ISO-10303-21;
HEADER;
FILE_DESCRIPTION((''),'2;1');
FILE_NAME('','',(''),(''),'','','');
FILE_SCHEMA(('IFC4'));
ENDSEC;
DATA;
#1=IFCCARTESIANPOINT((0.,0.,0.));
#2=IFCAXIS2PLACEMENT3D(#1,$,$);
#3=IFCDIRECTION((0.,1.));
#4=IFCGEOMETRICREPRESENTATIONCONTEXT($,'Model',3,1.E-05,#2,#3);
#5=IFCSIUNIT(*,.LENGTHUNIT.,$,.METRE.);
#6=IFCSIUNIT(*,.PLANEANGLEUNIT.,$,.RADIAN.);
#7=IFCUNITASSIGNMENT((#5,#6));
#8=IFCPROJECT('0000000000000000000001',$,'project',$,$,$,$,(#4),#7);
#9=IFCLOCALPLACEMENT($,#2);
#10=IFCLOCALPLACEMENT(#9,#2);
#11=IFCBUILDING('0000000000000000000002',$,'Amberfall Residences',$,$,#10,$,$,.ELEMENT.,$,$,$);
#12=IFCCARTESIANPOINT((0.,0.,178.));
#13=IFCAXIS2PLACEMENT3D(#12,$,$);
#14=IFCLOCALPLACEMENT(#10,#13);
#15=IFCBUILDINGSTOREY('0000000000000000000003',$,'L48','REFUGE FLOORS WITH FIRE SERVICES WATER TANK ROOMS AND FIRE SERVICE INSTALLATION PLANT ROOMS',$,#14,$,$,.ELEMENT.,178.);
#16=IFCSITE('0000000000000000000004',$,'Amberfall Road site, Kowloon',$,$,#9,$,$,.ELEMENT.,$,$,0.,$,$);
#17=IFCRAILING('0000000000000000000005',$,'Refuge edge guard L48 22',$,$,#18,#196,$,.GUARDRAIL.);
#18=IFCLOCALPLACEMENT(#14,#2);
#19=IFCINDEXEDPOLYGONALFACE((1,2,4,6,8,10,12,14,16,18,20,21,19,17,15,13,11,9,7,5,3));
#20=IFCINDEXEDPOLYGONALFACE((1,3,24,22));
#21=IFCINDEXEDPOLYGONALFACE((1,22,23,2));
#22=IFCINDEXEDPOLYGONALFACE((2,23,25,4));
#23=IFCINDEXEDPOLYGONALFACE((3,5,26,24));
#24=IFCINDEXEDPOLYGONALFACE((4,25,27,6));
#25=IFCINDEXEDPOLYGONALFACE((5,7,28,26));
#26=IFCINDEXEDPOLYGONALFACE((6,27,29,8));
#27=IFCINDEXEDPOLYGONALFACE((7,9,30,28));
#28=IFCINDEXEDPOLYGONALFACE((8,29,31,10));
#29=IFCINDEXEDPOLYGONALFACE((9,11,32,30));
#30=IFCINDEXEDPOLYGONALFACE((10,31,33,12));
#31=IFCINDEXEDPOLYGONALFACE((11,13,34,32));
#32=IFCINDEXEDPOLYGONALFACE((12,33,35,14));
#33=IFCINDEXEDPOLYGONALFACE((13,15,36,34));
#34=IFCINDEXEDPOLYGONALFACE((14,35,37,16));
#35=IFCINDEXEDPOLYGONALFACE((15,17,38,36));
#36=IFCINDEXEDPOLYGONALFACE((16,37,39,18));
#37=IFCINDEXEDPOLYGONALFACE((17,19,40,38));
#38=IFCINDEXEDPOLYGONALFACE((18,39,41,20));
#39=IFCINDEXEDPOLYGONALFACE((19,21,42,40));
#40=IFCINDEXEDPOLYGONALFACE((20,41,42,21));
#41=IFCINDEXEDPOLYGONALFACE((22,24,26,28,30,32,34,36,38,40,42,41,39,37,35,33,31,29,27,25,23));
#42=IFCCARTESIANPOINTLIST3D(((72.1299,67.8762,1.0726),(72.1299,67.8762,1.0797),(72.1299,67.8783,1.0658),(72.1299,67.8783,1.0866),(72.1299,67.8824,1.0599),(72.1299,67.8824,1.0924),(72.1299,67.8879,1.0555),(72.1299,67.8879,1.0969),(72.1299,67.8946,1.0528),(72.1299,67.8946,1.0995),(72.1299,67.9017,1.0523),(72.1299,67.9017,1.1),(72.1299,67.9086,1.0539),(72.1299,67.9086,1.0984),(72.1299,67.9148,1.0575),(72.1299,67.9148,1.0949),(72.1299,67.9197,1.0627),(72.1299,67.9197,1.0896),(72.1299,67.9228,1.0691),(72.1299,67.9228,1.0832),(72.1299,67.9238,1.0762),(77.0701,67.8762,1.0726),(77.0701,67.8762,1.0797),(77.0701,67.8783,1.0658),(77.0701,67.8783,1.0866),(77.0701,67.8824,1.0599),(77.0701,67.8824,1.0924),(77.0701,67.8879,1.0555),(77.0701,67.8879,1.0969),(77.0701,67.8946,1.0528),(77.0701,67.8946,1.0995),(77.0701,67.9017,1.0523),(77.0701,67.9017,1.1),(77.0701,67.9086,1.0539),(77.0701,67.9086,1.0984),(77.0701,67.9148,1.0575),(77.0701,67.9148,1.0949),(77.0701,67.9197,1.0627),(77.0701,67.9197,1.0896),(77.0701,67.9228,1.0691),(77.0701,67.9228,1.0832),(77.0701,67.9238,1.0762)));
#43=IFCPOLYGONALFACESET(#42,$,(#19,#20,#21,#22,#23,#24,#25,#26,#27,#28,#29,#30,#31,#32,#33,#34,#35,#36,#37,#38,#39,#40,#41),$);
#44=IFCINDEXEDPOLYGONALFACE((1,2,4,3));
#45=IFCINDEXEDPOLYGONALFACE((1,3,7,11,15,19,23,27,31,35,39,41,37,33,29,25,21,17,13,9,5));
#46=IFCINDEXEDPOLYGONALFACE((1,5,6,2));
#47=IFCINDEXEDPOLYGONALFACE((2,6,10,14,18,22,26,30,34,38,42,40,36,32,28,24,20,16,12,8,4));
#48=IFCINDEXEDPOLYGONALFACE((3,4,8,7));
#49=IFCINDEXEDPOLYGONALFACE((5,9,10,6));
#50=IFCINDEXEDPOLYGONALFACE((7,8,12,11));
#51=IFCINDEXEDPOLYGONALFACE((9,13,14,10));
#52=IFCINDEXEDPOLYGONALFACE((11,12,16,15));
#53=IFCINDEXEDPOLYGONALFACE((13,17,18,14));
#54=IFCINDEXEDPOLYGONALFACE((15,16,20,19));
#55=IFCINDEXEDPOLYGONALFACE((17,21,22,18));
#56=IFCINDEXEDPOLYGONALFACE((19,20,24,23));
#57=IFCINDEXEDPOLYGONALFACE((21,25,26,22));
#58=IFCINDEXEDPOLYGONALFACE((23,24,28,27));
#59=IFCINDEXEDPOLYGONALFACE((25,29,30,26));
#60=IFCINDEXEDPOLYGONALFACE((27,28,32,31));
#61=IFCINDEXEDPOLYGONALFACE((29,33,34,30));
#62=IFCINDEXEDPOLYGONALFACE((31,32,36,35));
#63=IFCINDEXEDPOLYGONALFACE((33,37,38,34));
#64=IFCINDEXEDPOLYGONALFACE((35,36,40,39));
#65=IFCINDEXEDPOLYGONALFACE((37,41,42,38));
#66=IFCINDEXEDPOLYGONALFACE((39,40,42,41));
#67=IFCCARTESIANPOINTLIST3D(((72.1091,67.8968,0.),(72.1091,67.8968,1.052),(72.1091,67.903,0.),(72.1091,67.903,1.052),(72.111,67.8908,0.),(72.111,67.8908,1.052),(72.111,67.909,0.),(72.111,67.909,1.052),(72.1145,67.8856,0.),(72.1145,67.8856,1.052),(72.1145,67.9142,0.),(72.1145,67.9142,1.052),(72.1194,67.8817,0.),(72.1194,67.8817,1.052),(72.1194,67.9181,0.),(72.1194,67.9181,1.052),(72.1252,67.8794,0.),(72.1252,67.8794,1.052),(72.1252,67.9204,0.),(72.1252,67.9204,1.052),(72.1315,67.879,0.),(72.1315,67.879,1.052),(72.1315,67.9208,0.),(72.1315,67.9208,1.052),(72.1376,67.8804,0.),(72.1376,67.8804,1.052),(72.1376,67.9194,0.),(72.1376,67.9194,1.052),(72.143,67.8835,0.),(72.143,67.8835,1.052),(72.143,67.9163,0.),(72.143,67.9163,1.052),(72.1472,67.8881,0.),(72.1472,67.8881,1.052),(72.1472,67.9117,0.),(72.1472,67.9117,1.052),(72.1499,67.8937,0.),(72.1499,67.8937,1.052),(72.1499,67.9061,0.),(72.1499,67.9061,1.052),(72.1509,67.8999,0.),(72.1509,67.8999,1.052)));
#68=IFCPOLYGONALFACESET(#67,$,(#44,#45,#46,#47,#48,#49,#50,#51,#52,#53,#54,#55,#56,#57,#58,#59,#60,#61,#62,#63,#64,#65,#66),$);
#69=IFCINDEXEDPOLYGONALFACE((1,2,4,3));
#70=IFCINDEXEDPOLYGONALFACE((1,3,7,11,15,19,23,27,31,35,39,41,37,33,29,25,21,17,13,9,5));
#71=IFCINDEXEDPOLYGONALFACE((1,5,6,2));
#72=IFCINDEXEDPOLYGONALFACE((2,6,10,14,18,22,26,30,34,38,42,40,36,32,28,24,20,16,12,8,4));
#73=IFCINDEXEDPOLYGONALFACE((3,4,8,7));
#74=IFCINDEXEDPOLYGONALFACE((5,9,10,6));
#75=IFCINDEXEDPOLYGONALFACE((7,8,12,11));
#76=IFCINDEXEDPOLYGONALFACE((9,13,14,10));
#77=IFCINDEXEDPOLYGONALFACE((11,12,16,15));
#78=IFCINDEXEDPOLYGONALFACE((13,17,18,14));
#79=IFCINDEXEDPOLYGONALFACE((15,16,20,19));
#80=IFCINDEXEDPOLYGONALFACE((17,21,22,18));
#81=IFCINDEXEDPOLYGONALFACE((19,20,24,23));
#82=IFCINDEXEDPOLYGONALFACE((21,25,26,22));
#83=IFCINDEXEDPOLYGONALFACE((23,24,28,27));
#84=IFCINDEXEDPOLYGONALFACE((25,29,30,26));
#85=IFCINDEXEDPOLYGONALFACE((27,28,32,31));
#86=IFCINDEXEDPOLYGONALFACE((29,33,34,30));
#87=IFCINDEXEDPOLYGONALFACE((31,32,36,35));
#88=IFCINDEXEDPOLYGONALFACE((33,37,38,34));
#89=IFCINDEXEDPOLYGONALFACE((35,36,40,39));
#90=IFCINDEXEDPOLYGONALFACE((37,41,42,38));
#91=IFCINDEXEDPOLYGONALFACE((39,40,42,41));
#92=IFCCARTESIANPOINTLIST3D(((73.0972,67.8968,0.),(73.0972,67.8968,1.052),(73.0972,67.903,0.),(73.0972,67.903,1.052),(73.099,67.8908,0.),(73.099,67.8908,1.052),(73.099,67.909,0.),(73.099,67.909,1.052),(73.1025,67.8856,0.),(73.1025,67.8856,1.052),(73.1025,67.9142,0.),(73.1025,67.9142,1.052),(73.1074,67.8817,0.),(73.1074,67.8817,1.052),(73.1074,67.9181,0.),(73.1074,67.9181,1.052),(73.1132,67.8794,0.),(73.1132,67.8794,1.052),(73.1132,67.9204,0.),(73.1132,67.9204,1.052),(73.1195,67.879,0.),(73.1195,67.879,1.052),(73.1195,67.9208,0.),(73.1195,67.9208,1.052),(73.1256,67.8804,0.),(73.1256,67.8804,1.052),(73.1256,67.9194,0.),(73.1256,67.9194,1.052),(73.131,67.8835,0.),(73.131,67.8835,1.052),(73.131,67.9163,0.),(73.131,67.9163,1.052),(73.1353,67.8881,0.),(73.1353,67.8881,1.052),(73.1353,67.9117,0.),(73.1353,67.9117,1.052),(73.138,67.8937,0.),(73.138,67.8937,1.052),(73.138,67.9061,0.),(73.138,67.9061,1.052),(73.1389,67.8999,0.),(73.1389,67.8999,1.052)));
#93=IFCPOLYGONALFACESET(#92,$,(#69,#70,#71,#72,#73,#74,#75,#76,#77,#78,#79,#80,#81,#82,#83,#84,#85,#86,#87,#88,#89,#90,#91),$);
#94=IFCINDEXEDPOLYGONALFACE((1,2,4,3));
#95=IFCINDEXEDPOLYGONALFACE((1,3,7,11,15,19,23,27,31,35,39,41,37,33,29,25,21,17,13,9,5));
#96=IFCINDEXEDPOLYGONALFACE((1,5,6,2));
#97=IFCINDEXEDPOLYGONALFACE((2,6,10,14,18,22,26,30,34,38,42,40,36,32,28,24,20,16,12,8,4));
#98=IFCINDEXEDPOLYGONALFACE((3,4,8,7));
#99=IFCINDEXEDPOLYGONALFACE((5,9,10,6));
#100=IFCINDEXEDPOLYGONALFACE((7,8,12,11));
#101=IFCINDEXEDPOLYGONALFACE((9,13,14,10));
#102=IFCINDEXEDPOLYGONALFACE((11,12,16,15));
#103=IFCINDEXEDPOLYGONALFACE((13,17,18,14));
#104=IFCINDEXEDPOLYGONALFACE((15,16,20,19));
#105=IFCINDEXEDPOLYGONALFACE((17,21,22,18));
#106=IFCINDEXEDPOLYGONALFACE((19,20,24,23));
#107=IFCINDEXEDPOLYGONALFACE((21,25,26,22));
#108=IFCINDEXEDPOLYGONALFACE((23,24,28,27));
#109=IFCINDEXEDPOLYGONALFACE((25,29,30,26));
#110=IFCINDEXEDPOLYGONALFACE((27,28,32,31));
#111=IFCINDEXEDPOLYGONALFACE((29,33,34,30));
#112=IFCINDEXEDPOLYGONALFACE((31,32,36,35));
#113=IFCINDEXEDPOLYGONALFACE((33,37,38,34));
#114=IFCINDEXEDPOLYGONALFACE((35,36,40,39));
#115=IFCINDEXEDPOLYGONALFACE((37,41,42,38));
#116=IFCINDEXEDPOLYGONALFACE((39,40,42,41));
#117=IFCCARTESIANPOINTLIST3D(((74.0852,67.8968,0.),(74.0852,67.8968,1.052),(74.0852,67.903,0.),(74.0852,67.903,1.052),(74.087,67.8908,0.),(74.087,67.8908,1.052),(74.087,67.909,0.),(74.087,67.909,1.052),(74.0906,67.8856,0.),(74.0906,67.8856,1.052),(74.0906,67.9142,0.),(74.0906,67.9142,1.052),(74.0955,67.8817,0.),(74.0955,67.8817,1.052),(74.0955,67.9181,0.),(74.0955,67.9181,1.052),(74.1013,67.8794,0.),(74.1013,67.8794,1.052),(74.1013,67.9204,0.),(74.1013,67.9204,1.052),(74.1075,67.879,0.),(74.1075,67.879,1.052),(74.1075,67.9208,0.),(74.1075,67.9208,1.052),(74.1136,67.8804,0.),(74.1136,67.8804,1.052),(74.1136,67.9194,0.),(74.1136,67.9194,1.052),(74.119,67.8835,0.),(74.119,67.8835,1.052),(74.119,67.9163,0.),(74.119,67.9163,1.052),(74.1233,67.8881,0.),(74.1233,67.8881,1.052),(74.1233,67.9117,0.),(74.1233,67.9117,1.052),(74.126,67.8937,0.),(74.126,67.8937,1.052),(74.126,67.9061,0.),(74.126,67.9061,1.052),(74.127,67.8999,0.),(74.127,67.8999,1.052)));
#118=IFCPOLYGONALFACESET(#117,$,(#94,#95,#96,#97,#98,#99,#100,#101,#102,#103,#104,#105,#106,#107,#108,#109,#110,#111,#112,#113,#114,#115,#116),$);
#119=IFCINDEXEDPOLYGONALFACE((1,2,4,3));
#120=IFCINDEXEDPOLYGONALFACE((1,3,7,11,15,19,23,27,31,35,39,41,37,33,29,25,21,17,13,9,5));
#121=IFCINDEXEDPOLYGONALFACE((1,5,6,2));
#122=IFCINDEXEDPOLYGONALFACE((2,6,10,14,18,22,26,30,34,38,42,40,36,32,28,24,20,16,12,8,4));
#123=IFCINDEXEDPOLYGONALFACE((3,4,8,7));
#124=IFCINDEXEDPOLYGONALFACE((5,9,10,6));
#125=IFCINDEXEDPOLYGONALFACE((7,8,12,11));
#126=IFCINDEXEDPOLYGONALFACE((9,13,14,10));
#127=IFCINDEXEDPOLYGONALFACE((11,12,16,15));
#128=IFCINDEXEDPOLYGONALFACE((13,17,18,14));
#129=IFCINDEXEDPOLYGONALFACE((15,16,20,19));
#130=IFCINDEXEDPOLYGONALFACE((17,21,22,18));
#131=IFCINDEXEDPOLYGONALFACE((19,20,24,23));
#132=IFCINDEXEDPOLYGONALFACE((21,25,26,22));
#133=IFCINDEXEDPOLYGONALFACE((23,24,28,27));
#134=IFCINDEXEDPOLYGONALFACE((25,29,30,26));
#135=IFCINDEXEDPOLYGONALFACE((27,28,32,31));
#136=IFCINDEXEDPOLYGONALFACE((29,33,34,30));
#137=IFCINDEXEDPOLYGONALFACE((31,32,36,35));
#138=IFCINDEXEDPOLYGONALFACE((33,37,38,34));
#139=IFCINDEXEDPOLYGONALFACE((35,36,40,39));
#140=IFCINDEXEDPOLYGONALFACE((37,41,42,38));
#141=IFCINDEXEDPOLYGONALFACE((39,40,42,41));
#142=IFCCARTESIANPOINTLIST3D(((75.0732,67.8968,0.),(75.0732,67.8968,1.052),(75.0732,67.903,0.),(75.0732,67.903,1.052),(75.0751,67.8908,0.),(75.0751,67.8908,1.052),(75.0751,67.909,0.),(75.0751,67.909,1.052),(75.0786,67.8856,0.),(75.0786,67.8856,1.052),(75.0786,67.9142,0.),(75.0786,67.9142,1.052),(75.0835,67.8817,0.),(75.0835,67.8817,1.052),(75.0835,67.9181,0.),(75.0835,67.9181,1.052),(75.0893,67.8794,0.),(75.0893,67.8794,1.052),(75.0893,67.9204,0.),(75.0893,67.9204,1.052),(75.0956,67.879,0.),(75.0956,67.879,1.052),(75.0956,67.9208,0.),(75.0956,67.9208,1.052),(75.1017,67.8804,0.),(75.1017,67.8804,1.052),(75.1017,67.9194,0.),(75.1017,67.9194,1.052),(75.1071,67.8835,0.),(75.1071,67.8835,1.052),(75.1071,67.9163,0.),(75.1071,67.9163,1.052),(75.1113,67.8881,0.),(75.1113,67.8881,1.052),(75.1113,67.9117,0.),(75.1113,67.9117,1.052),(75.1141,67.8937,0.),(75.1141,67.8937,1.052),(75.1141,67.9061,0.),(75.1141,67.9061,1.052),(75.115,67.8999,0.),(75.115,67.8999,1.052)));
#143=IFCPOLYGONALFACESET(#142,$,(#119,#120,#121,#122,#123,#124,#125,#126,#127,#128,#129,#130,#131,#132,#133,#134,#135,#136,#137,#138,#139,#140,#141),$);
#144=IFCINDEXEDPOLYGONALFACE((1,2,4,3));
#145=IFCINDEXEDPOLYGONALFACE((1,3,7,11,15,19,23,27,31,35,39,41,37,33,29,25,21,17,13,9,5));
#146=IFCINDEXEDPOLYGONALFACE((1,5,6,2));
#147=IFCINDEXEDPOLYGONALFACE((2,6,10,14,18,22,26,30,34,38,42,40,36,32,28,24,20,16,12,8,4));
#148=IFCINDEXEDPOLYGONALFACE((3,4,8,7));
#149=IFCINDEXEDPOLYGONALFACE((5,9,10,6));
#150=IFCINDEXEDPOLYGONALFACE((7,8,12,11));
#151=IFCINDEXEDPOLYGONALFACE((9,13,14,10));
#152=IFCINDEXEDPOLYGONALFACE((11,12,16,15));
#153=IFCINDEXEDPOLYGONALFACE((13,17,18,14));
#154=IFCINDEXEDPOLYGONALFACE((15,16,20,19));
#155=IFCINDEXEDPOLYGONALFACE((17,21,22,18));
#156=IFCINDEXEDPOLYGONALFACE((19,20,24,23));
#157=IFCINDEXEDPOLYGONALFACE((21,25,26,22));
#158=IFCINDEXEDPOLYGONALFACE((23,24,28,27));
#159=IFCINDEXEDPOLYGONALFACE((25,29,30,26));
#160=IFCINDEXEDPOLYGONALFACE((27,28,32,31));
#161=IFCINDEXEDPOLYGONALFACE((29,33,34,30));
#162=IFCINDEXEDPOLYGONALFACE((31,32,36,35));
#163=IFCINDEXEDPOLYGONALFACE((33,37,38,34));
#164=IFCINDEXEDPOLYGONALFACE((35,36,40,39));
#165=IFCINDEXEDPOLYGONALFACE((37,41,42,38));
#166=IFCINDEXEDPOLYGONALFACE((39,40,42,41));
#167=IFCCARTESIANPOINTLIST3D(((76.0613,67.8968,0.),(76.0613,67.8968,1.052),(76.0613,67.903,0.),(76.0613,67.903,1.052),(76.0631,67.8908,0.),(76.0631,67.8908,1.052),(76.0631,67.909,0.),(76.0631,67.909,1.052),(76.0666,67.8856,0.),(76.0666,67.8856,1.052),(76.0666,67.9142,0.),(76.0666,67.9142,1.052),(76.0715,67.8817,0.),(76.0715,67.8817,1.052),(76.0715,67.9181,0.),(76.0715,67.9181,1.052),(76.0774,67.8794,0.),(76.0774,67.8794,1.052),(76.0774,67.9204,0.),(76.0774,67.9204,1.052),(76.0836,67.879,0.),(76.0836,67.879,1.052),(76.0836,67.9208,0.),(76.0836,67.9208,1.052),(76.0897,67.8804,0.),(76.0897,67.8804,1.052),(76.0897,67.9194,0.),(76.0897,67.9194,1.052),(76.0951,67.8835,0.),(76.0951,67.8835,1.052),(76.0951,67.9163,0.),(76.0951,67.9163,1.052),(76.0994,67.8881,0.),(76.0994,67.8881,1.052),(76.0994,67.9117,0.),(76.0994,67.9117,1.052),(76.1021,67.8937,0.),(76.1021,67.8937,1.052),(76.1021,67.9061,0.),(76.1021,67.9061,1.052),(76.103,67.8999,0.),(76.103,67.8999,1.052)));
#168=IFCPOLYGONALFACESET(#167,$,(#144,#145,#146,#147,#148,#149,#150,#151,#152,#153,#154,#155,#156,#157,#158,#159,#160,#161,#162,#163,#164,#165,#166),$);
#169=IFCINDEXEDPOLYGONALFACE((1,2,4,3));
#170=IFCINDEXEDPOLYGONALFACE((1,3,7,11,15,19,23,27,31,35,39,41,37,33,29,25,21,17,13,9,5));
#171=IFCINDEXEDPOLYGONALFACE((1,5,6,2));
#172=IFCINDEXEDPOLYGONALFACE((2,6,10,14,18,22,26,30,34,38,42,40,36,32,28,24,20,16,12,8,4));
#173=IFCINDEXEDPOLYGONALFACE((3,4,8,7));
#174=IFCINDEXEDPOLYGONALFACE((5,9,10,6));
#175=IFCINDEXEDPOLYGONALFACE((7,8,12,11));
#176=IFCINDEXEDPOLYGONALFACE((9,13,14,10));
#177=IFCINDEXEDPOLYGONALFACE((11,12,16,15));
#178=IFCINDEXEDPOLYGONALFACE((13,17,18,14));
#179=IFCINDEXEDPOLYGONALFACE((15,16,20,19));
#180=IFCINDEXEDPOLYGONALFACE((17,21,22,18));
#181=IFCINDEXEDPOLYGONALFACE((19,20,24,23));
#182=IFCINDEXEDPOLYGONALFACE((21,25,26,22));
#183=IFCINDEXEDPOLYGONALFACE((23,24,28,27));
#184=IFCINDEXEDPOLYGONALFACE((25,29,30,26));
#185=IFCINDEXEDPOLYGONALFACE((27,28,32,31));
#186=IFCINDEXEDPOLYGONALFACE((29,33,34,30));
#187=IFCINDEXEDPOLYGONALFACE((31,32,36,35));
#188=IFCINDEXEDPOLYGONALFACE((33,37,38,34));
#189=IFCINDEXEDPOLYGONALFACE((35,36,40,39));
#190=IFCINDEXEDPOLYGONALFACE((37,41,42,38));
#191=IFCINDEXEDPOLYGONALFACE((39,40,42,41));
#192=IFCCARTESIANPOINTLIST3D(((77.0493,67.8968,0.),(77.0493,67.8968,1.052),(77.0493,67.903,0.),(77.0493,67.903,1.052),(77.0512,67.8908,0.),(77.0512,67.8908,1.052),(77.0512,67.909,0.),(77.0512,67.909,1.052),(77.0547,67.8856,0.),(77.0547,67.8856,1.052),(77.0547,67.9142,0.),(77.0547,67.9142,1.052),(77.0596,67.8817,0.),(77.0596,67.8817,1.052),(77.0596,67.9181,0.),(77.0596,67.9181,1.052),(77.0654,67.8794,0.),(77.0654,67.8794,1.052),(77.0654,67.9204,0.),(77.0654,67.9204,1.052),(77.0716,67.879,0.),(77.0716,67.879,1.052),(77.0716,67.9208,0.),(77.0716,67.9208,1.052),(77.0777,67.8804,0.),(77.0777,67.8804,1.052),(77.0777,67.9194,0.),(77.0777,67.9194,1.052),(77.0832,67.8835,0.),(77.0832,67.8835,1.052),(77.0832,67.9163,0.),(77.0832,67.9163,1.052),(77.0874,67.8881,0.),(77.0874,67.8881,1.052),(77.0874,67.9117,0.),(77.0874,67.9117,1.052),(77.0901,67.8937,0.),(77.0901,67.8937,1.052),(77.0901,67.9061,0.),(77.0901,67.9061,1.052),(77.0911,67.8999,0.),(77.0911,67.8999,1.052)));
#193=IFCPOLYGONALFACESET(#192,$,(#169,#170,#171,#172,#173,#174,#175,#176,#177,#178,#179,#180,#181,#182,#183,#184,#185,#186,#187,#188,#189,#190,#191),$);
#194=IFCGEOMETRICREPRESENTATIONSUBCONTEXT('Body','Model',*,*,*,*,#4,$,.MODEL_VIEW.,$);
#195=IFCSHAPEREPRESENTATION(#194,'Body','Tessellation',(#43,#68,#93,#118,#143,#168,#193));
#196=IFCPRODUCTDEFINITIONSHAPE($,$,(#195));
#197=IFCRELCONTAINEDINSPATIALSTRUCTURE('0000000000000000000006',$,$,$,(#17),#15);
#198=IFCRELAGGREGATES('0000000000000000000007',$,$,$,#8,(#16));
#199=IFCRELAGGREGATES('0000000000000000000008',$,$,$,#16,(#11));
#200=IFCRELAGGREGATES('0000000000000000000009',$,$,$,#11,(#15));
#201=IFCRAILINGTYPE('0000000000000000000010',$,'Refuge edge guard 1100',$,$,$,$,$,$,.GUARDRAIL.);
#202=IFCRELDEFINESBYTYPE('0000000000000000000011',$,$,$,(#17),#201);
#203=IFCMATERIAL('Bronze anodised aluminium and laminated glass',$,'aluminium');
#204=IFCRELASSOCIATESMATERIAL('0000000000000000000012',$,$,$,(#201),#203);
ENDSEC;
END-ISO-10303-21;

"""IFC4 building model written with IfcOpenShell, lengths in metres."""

from ifc_helpers import new_model, si_unit, direction, frame, origin, origin_2d, place, context, subcontext, project, spatial, circle, extrude, material, type_object, element, save


model = new_model("IFC4")

# Units and contexts
model_context = context("Model", 3, precision=1e-05, world=origin(), true_north=direction((0.0, 1.0)))
body_context = subcontext(model_context, "Body", "Model", "MODEL_VIEW")
ifc_project = project(units=[si_unit("LENGTHUNIT", "METRE"), si_unit("PLANEANGLEUNIT", "RADIAN")], contexts=[model_context])

# Site, building, storey
site_placement = place(None, origin())
site = spatial("IfcSite", under=ifc_project, at=site_placement, Name="Amberfall Road site, Kowloon", CompositionType="ELEMENT", RefElevation=0.0)
building_placement = place(site_placement, origin())
building = spatial("IfcBuilding", under=site, at=building_placement, Name="Amberfall Residences", CompositionType="ELEMENT")
storey_placement = place(building_placement, frame((0.0, 0.0, 178.0)))
storey = spatial("IfcBuildingStorey", under=building, at=storey_placement, Name="L48", Description="REFUGE FLOORS WITH FIRE SERVICES WATER TANK ROOMS AND FIRE SERVICE INSTALLATION PLANT ROOMS", CompositionType="ELEMENT", Elevation=178.0)

# Railing
ifc_material_1 = material(Name="Bronze anodised aluminium and laminated glass", Category="aluminium")
railing_type = type_object("IfcRailingType", Name="Refuge edge guard 1100", PredefinedType="GUARDRAIL", material=ifc_material_1)
for number, where, name in (
    (1, (72.1299, 67.8999, 0.0), "Refuge edge guard L48 22"),
):
    element("IfcRailing", number, at=place(storey_placement, frame(where)), inside=storey, type_object=railing_type, Name=name, PredefinedType="GUARDRAIL", context=body_context, shape_type="SweptSolid", body=[
        extrude(circle(Radius=0.0239, at=origin_2d()), frame((0.0, 0.0, 1.0762), z_axis=(1.0, 0.0, 0.0), x_axis=(0.0, 1.0, 0.0)), (0.0, 0.0, 1.0), 4.9402),
        extrude(circle(Radius=0.021, at=origin_2d()), origin(), (0.0, 0.0, 1.0), 1.052),
        extrude(circle(Radius=0.021, at=origin_2d()), frame((0.988, 0.0, 0.0)), (0.0, 0.0, 1.0), 1.052),
        extrude(circle(Radius=0.021, at=origin_2d()), frame((1.9761, 0.0, 0.0)), (0.0, 0.0, 1.0), 1.052),
        extrude(circle(Radius=0.021, at=origin_2d()), frame((2.9641, 0.0, 0.0)), (0.0, 0.0, 1.0), 1.052),
        extrude(circle(Radius=0.021, at=origin_2d()), frame((3.9521, 0.0, 0.0)), (0.0, 0.0, 1.0), 1.052),
        extrude(circle(Radius=0.021, at=origin_2d()), frame((4.9402, 0.0, 0.0)), (0.0, 0.0, 1.0), 1.052),
    ])

save(model, "model.ifc")
